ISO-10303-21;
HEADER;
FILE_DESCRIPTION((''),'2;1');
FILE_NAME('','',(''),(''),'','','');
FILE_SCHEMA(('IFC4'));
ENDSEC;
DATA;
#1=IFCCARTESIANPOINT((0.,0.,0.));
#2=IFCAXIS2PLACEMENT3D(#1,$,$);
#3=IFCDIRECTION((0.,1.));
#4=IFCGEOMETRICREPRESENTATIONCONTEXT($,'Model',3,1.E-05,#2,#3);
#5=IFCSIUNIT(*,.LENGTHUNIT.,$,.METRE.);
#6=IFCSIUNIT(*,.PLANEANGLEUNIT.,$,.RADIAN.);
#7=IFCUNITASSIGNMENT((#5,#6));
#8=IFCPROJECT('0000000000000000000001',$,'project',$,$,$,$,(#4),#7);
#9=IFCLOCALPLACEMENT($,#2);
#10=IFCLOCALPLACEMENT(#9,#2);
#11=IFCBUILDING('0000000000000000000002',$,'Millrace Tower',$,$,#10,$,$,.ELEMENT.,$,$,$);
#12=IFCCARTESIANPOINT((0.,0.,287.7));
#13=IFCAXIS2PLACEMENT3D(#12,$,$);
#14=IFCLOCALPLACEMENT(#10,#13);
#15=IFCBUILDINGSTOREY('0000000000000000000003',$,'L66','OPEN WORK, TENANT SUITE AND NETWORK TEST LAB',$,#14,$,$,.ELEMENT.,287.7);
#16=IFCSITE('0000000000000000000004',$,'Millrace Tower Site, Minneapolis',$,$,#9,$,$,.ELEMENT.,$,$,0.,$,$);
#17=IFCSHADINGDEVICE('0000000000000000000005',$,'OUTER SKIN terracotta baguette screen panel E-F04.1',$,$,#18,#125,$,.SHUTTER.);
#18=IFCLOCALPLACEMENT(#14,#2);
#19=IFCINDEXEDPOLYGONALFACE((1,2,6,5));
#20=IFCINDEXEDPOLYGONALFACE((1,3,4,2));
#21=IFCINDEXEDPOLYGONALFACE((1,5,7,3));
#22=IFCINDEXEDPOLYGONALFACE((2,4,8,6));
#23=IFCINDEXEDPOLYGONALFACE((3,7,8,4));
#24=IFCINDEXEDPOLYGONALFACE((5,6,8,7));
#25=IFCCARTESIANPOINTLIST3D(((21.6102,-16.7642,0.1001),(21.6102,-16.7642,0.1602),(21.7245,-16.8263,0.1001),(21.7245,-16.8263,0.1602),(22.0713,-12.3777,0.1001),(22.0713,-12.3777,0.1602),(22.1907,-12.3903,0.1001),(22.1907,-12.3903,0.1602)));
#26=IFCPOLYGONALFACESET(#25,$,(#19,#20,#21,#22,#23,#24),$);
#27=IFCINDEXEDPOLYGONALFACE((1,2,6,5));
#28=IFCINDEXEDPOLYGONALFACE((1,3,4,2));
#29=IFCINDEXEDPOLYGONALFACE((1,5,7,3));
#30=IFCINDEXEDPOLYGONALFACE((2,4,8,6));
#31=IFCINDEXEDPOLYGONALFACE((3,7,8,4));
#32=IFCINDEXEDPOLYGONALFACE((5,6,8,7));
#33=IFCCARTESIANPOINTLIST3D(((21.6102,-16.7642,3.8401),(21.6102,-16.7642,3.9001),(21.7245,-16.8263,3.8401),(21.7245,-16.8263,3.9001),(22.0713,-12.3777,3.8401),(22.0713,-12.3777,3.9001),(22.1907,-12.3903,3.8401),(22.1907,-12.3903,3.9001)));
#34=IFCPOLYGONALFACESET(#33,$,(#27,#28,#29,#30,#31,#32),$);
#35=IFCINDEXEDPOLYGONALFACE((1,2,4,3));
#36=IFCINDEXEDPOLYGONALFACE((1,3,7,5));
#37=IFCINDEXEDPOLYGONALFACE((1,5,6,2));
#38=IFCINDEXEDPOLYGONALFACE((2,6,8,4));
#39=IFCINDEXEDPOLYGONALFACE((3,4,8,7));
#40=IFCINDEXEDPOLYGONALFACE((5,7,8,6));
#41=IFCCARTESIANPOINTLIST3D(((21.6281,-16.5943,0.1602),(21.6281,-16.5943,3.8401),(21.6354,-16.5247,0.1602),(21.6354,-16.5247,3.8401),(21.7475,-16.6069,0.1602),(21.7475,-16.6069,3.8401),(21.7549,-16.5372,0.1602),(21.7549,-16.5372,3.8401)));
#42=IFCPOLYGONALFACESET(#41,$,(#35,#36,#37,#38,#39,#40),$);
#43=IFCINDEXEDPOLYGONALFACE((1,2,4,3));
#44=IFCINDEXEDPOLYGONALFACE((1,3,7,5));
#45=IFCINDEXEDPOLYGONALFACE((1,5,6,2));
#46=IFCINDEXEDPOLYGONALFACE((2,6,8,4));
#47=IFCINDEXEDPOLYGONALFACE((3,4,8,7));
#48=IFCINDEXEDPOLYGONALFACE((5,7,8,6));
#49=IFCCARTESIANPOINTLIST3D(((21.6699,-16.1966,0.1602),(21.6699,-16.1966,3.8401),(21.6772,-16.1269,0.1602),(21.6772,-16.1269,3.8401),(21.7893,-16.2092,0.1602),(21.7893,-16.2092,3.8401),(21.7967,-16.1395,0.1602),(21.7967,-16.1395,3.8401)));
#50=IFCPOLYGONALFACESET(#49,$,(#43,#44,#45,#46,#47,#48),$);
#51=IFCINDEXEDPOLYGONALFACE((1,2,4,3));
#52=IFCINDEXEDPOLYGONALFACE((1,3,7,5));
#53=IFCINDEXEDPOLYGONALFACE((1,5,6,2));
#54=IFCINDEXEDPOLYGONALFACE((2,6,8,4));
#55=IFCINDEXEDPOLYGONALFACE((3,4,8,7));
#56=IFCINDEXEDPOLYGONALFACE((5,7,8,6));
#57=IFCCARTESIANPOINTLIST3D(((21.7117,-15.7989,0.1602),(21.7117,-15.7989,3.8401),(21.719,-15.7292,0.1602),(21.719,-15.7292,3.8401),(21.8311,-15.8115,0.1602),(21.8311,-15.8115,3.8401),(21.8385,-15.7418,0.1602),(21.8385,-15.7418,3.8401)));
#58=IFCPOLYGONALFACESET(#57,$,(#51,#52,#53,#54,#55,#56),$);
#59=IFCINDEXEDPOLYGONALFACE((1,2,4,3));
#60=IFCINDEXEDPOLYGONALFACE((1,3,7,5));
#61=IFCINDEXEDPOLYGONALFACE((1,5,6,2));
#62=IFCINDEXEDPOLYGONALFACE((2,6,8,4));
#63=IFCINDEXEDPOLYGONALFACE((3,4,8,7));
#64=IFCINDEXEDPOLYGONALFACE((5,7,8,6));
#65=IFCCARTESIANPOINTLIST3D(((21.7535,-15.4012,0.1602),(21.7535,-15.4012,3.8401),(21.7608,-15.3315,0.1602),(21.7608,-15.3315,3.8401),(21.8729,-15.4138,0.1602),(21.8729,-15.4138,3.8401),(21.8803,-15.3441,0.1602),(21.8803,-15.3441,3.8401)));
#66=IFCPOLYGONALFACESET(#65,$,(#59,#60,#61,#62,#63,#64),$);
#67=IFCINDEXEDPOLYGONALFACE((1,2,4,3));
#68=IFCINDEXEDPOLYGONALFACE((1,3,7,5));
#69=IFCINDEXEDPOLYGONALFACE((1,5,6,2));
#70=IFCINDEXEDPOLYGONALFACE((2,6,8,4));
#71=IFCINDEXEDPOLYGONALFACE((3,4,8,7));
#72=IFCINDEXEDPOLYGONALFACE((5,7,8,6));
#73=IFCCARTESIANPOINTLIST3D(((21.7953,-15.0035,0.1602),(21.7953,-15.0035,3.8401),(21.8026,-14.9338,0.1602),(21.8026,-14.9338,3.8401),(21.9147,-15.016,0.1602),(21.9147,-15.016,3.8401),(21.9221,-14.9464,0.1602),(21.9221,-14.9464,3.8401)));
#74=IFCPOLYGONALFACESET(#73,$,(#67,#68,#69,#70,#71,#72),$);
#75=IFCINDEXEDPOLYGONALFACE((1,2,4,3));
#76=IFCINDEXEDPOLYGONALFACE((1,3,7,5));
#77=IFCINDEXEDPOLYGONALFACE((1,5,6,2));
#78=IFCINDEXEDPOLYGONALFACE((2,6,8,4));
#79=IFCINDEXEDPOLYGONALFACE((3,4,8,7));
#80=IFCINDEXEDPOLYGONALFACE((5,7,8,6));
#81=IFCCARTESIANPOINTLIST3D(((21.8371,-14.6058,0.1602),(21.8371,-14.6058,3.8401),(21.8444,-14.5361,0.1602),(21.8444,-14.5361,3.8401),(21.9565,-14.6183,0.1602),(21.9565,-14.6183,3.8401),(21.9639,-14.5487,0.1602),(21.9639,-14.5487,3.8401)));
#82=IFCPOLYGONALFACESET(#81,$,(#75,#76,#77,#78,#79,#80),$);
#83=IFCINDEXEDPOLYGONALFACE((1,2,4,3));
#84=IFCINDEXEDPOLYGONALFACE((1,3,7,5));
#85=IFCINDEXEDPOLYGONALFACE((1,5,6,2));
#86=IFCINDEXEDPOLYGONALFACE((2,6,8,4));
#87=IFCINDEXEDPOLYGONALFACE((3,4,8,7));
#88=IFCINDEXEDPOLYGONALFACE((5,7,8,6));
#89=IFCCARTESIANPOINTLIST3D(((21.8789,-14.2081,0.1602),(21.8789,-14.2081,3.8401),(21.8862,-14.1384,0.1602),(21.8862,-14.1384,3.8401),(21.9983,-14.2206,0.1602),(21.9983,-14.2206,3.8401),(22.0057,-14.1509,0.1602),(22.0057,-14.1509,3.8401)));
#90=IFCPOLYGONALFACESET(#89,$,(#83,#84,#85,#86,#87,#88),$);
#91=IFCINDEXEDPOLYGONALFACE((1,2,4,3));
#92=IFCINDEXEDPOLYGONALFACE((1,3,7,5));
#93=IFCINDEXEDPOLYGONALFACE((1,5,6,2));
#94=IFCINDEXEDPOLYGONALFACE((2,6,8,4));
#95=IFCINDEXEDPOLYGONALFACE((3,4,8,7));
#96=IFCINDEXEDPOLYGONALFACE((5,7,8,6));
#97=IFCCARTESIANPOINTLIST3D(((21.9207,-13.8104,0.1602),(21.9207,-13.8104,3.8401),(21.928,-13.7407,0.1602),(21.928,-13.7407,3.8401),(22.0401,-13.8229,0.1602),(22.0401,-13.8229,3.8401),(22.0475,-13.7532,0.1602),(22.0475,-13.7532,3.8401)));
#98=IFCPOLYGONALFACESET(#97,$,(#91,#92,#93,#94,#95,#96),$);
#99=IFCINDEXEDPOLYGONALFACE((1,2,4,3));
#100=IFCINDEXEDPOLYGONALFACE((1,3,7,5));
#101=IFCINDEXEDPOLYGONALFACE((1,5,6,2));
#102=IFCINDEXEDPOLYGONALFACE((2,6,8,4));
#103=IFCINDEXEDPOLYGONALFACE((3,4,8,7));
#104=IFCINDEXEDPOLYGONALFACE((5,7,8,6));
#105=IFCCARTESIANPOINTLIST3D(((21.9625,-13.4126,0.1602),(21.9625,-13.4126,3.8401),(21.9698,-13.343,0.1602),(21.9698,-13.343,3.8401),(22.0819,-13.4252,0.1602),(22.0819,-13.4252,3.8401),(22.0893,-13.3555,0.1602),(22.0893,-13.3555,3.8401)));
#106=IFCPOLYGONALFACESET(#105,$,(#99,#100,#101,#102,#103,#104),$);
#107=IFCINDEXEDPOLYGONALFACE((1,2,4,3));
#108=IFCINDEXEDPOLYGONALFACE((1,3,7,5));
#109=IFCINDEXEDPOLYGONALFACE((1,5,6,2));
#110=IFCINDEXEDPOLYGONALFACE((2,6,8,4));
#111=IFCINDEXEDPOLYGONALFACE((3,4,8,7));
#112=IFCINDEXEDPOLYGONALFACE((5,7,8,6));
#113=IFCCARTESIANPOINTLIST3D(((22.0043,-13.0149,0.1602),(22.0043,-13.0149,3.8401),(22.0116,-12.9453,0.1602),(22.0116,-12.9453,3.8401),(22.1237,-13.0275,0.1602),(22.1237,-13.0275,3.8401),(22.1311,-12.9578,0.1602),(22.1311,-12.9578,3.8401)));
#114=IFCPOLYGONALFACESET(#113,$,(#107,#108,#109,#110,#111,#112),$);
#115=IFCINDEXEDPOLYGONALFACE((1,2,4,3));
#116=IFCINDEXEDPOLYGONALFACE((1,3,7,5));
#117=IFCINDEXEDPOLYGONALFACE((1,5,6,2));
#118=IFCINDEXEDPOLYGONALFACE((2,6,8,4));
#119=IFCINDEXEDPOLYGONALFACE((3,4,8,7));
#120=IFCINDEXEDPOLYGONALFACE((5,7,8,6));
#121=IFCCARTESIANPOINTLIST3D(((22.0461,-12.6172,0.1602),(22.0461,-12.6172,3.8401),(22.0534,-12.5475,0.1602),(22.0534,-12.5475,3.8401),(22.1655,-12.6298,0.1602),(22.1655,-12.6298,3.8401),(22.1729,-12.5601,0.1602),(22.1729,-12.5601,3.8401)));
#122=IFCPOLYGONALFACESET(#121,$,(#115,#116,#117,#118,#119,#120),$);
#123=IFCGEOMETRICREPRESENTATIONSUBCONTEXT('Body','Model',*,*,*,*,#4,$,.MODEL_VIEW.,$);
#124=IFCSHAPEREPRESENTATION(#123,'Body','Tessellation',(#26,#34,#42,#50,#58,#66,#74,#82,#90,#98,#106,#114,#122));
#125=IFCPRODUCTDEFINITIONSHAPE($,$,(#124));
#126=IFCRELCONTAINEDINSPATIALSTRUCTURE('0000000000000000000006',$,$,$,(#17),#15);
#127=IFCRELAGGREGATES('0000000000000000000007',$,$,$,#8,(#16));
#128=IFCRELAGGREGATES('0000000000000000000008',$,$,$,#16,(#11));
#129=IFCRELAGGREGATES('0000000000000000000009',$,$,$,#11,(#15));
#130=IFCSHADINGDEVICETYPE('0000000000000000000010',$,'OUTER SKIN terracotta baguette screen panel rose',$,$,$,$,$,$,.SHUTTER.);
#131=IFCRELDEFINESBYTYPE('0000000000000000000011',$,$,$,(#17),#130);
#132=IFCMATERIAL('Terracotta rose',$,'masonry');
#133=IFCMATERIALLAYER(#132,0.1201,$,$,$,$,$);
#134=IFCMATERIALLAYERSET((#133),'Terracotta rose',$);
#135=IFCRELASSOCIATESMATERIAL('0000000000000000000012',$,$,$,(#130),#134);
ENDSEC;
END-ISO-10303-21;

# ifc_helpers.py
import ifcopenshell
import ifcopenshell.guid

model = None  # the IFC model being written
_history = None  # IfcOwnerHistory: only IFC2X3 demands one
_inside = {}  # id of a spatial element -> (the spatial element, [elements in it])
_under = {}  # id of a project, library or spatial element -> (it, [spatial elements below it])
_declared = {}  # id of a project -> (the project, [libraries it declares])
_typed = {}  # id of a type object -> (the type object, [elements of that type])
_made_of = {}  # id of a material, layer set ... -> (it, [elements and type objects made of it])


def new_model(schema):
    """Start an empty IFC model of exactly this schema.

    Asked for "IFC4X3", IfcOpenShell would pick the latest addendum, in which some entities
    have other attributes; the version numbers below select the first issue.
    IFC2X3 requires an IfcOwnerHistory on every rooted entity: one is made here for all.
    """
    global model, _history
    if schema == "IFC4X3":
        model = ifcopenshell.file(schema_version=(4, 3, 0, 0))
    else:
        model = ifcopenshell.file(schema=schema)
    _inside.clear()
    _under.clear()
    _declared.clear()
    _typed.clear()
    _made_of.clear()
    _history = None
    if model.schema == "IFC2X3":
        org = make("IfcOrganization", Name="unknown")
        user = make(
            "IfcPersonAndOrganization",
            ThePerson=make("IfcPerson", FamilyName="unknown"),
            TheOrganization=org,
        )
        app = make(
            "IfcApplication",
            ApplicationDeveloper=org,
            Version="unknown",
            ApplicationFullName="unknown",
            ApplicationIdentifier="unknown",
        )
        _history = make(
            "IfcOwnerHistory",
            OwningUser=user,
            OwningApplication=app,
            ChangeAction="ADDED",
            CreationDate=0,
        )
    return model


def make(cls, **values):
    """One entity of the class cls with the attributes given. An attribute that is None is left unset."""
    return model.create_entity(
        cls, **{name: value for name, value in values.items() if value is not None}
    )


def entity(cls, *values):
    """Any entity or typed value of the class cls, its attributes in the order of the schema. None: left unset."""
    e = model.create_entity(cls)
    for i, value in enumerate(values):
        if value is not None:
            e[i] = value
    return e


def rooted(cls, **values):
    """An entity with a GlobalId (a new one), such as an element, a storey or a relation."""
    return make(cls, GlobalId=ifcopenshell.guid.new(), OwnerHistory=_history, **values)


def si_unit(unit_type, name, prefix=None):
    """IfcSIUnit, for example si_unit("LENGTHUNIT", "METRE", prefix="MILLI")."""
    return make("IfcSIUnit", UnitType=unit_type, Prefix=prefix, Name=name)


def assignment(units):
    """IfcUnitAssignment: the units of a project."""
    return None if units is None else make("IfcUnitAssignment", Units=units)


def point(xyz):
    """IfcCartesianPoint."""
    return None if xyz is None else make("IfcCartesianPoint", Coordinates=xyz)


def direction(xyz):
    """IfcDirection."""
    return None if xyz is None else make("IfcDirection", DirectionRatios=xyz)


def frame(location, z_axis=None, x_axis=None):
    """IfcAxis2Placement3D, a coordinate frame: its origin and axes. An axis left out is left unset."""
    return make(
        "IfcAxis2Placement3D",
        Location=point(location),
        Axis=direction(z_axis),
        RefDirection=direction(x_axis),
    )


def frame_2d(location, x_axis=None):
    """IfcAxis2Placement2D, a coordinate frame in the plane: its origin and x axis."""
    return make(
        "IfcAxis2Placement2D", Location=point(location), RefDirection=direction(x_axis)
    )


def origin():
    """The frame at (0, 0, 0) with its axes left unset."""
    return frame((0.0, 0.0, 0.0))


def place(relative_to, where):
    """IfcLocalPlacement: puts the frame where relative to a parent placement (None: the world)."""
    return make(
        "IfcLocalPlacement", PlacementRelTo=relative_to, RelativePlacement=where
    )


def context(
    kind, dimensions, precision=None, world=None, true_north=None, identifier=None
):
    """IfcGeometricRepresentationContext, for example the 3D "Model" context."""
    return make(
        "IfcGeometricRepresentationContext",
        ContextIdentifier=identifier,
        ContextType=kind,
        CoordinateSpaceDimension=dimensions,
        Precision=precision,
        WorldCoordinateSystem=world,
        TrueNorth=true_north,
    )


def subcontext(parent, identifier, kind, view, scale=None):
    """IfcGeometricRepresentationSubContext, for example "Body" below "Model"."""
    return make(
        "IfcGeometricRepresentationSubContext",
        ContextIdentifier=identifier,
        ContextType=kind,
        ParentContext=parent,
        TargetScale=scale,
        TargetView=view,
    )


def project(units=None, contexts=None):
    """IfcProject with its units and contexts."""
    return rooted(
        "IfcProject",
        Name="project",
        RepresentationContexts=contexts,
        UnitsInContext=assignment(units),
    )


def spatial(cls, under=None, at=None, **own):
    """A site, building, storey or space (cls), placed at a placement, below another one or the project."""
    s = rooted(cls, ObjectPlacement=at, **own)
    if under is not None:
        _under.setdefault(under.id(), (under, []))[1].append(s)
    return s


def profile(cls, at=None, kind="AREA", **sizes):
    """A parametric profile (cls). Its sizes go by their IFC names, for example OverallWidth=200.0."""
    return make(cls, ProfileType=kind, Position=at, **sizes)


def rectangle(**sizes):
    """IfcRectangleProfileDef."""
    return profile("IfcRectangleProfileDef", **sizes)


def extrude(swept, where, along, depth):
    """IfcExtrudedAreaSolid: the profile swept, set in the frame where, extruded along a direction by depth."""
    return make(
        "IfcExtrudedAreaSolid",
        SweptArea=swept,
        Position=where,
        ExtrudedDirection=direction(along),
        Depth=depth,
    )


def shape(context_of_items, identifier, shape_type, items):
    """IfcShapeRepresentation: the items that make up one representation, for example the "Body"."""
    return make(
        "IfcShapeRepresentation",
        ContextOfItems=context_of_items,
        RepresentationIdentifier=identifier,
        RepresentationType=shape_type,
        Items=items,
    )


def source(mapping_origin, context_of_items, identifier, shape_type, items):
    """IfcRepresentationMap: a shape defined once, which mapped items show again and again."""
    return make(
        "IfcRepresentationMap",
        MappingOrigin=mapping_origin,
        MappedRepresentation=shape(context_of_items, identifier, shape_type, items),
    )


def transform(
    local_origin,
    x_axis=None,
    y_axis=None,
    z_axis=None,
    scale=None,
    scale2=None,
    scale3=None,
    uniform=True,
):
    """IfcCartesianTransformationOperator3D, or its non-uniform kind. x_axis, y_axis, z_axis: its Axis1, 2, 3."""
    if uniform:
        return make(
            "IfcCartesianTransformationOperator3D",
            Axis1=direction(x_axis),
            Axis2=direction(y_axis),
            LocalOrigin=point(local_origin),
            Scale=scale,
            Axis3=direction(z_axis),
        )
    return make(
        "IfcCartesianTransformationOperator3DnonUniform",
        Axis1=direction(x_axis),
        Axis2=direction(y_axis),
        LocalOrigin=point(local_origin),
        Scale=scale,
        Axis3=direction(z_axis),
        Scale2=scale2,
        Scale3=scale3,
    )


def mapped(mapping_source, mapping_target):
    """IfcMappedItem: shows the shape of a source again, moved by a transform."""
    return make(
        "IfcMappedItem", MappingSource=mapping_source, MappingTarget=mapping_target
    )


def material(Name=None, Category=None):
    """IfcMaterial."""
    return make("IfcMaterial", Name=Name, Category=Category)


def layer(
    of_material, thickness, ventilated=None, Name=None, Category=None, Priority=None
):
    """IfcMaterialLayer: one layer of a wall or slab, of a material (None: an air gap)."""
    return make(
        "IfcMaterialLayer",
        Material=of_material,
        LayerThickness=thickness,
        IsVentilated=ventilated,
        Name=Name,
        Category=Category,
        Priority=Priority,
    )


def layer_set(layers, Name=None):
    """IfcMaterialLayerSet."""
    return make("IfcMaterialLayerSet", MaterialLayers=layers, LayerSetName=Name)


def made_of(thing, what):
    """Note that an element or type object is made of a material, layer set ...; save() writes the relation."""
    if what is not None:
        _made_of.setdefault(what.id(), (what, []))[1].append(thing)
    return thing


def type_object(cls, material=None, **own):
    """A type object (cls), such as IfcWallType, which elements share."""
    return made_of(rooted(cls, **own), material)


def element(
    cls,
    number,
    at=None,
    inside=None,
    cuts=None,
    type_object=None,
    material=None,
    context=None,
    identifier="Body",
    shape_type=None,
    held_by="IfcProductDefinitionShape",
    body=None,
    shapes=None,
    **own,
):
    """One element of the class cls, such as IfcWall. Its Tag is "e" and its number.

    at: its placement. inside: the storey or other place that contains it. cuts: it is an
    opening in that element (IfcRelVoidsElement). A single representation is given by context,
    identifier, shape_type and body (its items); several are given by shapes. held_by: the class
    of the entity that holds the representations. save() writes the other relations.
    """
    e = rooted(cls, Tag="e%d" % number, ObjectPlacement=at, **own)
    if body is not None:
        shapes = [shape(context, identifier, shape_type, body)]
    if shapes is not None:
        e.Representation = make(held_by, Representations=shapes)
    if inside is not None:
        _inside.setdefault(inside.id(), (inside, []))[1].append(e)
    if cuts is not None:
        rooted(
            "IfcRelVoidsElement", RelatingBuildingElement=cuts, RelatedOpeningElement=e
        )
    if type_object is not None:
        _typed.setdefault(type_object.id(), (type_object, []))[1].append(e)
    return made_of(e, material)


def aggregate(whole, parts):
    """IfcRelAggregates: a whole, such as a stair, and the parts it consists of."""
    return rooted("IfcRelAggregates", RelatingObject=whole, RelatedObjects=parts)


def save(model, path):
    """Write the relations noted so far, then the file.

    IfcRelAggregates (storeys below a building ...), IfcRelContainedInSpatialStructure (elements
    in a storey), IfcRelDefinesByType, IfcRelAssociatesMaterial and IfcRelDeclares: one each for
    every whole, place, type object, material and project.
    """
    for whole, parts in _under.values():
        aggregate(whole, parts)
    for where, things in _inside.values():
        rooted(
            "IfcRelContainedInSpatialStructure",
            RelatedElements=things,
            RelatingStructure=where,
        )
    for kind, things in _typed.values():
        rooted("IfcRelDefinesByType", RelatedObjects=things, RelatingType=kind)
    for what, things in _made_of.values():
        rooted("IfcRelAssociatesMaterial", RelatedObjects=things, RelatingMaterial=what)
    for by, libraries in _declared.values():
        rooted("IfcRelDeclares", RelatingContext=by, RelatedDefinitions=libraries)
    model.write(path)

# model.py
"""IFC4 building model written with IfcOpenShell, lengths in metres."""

from ifc_helpers import new_model, entity, si_unit, direction, frame, frame_2d, origin, place, context, subcontext, project, spatial, rectangle, extrude, source, transform, mapped, material, layer, layer_set, type_object, element, save


model = new_model("IFC4")

# Units and contexts
model_context = context("Model", 3, precision=1e-05, world=origin(), true_north=direction((0.0, 1.0)))
body_context = subcontext(model_context, "Body", "Model", "MODEL_VIEW")
ifc_project = project(units=[si_unit("LENGTHUNIT", "METRE"), si_unit("PLANEANGLEUNIT", "RADIAN")], contexts=[model_context])

# Site, building, storey
site_placement = place(None, origin())
site = spatial("IfcSite", under=ifc_project, at=site_placement, Name="Millrace Tower Site, Minneapolis", CompositionType="ELEMENT", RefElevation=0.0)
building_placement = place(site_placement, origin())
building = spatial("IfcBuilding", under=site, at=building_placement, Name="Millrace Tower", CompositionType="ELEMENT")
storey_placement = place(building_placement, frame((0.0, 0.0, 287.7)))
storey = spatial("IfcBuildingStorey", under=building, at=storey_placement, Name="L66", Description="OPEN WORK, TENANT SUITE AND NETWORK TEST LAB", CompositionType="ELEMENT", Elevation=287.7)

# Shading device
ifc_material_1 = material(Name="Terracotta rose", Category="masonry")
ifc_layer_1 = layer(ifc_material_1, 0.1201)
ifc_layer_set_1 = layer_set([ifc_layer_1], Name="Terracotta rose")
shading_device_type = type_object("IfcShadingDeviceType", Name="OUTER SKIN terracotta baguette screen panel rose", PredefinedType="SHUTTER", material=ifc_layer_set_1)
cartesian_point_1 = entity("IfcCartesianPoint", [-2.1929, 0.0601])
shared_polyline_1 = entity("IfcPolyline", [cartesian_point_1, entity("IfcCartesianPoint", [2.2178, 0.0601]), entity("IfcCartesianPoint", [2.2178, -0.0601]), entity("IfcCartesianPoint", [-2.2427, -0.0601]), cartesian_point_1])
shared_shape_1 = source(origin(), body_context, "Body", "SweptSolid", [
    entity("IfcExtrudedAreaSolid", entity("IfcArbitraryClosedProfileDef", "AREA", None, shared_polyline_1), entity("IfcAxis2Placement3D", entity("IfcCartesianPoint", [0.0, 0.0, 0.0])), entity("IfcDirection", [0.0, 0.0, 1.0]), 0.0601),
    entity("IfcExtrudedAreaSolid", entity("IfcArbitraryClosedProfileDef", "AREA", None, shared_polyline_1), entity("IfcAxis2Placement3D", entity("IfcCartesianPoint", [0.0, 0.0, 3.74])), entity("IfcDirection", [0.0, 0.0, 1.0]), 0.0601),
    extrude(rectangle(XDim=0.0701, YDim=0.1201, at=frame_2d((-1.9871, 0.0))), frame((0.0, 0.0, 0.0601)), (0.0, 0.0, 1.0), 3.6799),
    extrude(rectangle(XDim=0.0701, YDim=0.1201, at=frame_2d((-1.5872, 0.0))), frame((0.0, 0.0, 0.0601)), (0.0, 0.0, 1.0), 3.6799),
    extrude(rectangle(XDim=0.0701, YDim=0.1201, at=frame_2d((-1.1873, 0.0))), frame((0.0, 0.0, 0.0601)), (0.0, 0.0, 1.0), 3.6799),
    extrude(rectangle(XDim=0.0701, YDim=0.1201, at=frame_2d((-0.7874, 0.0))), frame((0.0, 0.0, 0.0601)), (0.0, 0.0, 1.0), 3.6799),
    extrude(rectangle(XDim=0.0701, YDim=0.1201, at=frame_2d((-0.3875, 0.0))), frame((0.0, 0.0, 0.0601)), (0.0, 0.0, 1.0), 3.6799),
    extrude(rectangle(XDim=0.0701, YDim=0.1201, at=frame_2d((0.0125, 0.0))), frame((0.0, 0.0, 0.0601)), (0.0, 0.0, 1.0), 3.6799),
    extrude(rectangle(XDim=0.0701, YDim=0.1201, at=frame_2d((0.4124, 0.0))), frame((0.0, 0.0, 0.0601)), (0.0, 0.0, 1.0), 3.6799),
    extrude(rectangle(XDim=0.0701, YDim=0.1201, at=frame_2d((0.8123, 0.0))), frame((0.0, 0.0, 0.0601)), (0.0, 0.0, 1.0), 3.6799),
    extrude(rectangle(XDim=0.0701, YDim=0.1201, at=frame_2d((1.2122, 0.0))), frame((0.0, 0.0, 0.0601)), (0.0, 0.0, 1.0), 3.6799),
    extrude(rectangle(XDim=0.0701, YDim=0.1201, at=frame_2d((1.6121, 0.0))), frame((0.0, 0.0, 0.0601)), (0.0, 0.0, 1.0), 3.6799),
    extrude(rectangle(XDim=0.0701, YDim=0.1201, at=frame_2d((2.012, 0.0))), frame((0.0, 0.0, 0.0601)), (0.0, 0.0, 1.0), 3.6799),
])
shading_device_1_placement = place(storey_placement, frame((21.8992, -14.5896, 0.1001), z_axis=(0.0, 0.0, 1.0), x_axis=(0.104528, 0.994522, 0.0)))
element("IfcShadingDevice", 1, at=shading_device_1_placement, inside=storey, type_object=shading_device_type, Name="OUTER SKIN terracotta baguette screen panel E-F04.1", PredefinedType="SHUTTER", context=body_context, shape_type="MappedRepresentation", body=[
    mapped(shared_shape_1, transform((0.0, 0.0, 0.0), scale=1.0)),
])

save(model, "model.ifc")
